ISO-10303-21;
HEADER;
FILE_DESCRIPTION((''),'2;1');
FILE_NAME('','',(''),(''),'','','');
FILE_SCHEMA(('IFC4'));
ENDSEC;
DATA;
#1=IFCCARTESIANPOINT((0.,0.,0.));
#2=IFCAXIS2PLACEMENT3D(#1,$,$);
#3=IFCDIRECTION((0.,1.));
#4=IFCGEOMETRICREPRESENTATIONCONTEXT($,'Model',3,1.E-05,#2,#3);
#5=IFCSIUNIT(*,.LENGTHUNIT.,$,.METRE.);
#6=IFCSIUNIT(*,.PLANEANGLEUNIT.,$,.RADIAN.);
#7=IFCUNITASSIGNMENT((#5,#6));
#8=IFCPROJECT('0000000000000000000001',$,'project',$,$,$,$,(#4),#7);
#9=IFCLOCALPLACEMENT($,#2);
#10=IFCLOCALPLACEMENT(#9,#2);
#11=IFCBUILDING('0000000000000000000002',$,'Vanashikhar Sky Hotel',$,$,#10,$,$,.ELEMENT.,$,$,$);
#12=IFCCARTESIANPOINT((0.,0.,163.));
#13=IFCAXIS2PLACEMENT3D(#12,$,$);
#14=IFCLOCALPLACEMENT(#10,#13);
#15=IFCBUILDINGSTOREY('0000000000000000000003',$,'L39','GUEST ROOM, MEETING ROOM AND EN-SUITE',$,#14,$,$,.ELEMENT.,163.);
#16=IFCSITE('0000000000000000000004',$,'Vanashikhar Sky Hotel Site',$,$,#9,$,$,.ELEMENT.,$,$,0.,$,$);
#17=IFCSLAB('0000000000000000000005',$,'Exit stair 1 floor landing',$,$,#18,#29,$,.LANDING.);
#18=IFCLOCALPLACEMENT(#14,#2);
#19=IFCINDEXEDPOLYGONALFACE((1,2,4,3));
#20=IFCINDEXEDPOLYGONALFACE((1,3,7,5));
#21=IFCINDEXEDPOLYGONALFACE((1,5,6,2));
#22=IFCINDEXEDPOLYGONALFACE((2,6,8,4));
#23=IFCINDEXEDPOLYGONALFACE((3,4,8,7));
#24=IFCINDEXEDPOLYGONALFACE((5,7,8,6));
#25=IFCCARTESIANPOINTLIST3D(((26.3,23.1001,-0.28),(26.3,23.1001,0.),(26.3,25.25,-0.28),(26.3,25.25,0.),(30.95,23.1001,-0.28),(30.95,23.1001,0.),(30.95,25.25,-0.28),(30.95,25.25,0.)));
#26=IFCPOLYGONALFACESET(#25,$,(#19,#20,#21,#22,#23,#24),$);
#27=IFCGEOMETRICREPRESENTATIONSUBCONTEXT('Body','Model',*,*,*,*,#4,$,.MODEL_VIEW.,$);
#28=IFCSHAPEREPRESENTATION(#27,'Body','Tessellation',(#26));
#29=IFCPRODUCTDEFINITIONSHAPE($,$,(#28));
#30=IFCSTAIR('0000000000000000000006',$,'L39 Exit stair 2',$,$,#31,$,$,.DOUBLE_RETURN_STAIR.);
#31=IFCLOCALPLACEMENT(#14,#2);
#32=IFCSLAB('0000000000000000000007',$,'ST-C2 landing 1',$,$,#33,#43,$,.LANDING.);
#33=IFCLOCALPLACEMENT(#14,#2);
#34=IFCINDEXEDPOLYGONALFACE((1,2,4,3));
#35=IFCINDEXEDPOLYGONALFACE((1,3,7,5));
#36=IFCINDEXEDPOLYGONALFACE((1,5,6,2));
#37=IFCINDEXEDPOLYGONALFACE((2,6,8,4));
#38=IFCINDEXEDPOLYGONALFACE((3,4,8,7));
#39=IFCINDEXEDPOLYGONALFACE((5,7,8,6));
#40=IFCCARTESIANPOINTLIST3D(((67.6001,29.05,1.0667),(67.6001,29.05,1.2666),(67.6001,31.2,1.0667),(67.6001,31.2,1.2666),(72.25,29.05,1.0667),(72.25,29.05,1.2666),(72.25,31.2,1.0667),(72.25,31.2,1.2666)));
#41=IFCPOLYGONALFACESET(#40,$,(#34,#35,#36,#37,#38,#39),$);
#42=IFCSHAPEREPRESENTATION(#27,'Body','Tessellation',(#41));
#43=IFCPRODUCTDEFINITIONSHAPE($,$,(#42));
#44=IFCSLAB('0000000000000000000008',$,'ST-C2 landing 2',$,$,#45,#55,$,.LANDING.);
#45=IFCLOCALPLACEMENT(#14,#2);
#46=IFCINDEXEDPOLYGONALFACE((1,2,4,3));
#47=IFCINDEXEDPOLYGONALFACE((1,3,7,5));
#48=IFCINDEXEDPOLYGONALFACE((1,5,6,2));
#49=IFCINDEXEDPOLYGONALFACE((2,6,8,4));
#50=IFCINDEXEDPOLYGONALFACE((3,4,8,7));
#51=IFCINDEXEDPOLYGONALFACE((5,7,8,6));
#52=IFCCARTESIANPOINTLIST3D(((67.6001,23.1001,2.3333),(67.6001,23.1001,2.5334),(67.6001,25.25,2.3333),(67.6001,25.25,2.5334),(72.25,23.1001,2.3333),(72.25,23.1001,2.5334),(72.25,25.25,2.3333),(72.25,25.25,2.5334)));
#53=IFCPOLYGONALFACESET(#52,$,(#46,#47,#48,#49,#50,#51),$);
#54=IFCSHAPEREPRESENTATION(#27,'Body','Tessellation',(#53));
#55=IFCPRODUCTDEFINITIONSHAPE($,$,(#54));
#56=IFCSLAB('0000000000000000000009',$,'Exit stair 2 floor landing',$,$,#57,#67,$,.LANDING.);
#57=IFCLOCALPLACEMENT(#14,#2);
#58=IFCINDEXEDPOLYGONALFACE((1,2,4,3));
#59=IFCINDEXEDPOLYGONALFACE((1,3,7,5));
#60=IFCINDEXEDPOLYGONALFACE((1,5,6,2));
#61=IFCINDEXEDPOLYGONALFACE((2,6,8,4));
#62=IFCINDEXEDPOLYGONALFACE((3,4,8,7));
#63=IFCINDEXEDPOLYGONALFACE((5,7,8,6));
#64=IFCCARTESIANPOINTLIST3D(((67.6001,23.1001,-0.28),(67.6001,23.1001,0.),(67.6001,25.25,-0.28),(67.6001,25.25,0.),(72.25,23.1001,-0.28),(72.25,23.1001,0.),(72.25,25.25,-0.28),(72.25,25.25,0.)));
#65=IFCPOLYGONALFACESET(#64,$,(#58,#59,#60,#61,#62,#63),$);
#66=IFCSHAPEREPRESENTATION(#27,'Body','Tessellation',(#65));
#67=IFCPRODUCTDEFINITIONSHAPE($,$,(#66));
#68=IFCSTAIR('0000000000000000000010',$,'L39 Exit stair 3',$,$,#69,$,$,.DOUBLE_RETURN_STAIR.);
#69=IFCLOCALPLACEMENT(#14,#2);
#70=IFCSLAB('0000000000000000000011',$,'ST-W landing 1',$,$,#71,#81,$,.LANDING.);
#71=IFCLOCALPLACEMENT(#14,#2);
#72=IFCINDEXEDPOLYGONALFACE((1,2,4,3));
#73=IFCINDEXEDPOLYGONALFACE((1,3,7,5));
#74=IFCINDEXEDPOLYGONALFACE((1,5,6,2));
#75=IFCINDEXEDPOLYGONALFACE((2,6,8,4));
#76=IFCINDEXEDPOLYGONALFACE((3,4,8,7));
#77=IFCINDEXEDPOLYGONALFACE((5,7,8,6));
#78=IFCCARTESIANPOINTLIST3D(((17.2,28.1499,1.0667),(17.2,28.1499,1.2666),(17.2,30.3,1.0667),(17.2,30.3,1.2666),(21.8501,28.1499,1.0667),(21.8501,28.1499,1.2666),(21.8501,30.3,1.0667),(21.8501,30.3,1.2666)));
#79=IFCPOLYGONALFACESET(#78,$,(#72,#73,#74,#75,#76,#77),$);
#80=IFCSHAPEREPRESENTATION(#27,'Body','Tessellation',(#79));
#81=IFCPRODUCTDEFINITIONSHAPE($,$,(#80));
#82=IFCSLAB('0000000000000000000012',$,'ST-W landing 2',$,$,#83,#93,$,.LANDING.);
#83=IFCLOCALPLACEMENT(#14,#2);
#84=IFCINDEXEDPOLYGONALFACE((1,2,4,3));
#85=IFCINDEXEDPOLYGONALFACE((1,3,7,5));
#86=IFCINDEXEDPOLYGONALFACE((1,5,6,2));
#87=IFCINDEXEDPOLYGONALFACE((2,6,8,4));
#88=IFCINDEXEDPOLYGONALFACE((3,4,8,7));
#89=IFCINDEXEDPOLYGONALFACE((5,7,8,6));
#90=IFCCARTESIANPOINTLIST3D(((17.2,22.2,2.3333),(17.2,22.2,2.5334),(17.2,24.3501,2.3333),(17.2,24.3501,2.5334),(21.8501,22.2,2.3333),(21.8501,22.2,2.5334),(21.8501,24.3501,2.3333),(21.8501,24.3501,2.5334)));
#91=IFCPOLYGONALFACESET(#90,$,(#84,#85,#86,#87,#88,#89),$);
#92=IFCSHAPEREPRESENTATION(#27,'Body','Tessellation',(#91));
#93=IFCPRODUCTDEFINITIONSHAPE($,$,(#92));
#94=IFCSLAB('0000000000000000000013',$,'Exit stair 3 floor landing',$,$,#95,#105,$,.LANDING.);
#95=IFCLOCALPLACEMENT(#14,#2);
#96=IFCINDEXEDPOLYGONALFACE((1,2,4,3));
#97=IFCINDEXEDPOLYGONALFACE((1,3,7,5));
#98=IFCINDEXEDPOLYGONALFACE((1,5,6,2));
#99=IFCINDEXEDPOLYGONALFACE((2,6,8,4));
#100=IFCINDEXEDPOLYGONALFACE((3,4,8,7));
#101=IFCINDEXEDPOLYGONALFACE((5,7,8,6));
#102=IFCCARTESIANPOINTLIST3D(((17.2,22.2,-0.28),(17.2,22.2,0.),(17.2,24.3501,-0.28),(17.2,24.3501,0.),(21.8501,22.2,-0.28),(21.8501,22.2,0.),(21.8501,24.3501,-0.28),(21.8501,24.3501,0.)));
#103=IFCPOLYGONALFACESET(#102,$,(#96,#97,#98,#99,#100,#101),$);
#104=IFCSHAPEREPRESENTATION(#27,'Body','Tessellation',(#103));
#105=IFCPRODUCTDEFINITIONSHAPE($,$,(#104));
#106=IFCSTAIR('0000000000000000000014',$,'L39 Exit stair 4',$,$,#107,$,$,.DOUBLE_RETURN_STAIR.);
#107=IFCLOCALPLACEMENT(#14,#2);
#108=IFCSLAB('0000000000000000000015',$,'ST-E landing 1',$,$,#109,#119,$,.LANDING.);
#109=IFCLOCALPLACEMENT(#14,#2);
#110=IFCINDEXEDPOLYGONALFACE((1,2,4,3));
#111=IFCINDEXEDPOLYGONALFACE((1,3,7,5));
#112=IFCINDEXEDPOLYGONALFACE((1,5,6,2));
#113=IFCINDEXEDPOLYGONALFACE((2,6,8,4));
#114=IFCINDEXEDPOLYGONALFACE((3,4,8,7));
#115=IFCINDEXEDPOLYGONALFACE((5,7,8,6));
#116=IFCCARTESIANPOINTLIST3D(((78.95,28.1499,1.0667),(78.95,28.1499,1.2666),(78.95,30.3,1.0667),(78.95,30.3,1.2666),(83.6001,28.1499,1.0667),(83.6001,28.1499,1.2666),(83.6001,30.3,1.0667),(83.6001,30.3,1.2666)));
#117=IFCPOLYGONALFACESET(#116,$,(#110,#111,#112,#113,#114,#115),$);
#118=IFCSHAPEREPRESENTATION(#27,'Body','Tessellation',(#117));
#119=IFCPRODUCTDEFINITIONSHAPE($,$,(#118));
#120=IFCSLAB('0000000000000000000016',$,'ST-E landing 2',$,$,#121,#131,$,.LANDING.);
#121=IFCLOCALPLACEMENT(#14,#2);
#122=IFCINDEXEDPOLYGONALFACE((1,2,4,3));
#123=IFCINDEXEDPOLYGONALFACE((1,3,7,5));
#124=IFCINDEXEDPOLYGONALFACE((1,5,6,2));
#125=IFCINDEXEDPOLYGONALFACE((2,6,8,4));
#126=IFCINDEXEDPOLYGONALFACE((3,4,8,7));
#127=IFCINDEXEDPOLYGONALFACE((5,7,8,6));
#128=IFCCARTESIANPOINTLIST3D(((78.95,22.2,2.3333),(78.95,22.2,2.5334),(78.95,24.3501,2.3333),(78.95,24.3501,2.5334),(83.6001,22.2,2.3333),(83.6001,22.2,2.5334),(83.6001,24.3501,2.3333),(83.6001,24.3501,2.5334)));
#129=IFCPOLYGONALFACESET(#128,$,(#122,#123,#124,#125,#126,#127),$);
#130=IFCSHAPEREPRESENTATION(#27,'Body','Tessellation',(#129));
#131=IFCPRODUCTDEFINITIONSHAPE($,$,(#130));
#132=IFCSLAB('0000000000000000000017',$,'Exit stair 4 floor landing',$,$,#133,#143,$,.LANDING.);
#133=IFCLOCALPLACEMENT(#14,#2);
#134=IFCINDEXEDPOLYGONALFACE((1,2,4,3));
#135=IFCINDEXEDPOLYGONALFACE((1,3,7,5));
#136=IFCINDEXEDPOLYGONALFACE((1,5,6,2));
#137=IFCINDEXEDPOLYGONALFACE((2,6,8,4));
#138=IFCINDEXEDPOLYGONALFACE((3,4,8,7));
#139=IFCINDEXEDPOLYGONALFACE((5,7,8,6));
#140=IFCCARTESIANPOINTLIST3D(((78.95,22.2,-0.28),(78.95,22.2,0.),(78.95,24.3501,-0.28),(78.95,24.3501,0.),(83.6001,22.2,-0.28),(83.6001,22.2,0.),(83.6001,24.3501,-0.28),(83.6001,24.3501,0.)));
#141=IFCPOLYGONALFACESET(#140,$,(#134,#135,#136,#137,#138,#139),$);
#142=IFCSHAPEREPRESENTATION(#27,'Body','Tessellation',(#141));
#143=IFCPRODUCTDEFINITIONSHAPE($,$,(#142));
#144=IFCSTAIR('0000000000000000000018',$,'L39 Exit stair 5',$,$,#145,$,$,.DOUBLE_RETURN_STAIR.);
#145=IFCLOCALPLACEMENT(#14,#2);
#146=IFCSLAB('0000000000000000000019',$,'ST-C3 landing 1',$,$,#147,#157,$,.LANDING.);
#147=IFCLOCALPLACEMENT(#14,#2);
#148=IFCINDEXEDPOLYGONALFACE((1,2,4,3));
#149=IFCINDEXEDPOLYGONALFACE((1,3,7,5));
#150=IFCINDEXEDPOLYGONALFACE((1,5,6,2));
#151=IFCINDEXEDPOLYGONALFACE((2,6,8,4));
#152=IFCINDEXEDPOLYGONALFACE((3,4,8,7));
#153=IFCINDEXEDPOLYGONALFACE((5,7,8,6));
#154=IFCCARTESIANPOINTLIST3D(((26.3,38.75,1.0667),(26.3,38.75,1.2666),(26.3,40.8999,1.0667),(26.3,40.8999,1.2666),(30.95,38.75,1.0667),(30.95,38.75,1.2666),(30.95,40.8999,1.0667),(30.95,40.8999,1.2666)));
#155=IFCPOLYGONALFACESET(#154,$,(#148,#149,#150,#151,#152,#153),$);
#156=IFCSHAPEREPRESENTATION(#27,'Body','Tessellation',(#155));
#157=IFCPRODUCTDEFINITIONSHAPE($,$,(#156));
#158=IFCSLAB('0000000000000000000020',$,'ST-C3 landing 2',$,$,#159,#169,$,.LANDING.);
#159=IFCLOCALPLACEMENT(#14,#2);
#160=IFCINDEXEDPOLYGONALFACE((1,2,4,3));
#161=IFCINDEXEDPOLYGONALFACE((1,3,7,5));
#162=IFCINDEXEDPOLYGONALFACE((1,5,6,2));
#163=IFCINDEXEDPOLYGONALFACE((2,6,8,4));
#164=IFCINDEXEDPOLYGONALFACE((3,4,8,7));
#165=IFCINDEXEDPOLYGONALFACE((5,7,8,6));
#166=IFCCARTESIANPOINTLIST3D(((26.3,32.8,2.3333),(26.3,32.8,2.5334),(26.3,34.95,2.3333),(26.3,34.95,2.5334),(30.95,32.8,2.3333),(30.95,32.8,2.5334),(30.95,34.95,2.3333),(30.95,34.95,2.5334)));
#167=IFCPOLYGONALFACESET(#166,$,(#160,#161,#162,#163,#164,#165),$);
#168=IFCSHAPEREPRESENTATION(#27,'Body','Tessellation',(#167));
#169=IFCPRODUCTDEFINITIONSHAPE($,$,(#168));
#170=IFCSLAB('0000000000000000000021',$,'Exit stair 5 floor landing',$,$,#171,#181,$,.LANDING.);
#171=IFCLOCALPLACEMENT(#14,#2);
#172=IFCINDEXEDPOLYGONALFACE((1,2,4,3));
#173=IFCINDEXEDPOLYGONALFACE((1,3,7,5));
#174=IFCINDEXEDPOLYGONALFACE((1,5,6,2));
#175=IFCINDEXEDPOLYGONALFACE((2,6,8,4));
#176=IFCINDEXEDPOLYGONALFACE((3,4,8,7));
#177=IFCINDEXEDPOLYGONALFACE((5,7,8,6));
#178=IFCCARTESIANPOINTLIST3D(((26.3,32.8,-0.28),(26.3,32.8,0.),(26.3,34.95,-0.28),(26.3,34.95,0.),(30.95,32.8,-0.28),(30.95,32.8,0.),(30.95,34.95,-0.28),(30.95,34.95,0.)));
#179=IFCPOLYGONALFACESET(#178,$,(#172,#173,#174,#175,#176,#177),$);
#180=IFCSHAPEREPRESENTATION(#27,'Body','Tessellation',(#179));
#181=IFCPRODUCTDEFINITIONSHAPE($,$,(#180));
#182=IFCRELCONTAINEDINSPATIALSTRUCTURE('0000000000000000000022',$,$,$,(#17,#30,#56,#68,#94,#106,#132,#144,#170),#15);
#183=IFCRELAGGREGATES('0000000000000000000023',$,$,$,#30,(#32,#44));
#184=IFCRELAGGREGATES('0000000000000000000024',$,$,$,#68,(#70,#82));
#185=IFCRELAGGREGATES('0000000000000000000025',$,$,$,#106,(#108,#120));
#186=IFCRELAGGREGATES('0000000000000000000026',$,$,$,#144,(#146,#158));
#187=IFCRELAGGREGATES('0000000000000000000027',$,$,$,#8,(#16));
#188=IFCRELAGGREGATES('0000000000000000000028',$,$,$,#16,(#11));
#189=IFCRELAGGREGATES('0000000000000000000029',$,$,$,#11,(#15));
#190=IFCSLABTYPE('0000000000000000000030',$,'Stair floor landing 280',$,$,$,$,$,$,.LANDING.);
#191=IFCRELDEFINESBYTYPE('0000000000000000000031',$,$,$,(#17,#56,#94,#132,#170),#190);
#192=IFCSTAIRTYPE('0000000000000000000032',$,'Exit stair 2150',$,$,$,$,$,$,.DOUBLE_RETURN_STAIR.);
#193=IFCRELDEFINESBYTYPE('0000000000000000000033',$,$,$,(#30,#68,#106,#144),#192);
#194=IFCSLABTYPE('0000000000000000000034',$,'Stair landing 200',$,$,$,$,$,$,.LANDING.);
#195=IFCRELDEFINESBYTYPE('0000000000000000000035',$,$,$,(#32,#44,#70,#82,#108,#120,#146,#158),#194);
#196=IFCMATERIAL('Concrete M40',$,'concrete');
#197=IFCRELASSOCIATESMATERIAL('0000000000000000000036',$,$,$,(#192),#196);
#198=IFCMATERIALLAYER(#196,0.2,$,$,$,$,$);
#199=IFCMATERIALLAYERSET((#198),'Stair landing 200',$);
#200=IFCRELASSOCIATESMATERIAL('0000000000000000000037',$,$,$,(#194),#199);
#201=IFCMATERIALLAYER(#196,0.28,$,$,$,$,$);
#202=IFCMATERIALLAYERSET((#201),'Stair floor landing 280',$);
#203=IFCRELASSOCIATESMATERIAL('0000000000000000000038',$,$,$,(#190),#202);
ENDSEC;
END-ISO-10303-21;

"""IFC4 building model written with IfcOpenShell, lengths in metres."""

from ifc_helpers import new_model, si_unit, direction, frame, origin, place, context, subcontext, project, spatial, polyline, outline, extrude, source, transform, mapped, material, layer, layer_set, type_object, element, aggregate, save


model = new_model("IFC4")

# Units and contexts
model_context = context("Model", 3, precision=1e-05, world=origin(), true_north=direction((0.0, 1.0)))
body_context = subcontext(model_context, "Body", "Model", "MODEL_VIEW")
ifc_project = project(units=[si_unit("LENGTHUNIT", "METRE"), si_unit("PLANEANGLEUNIT", "RADIAN")], contexts=[model_context])

# Site, building, storey
site_placement = place(None, origin())
site = spatial("IfcSite", under=ifc_project, at=site_placement, Name="Vanashikhar Sky Hotel Site", CompositionType="ELEMENT", RefElevation=0.0)
building_placement = place(site_placement, origin())
building = spatial("IfcBuilding", under=site, at=building_placement, Name="Vanashikhar Sky Hotel", CompositionType="ELEMENT")
storey_placement = place(building_placement, frame((0.0, 0.0, 163.0)))
storey = spatial("IfcBuildingStorey", under=building, at=storey_placement, Name="L39", Description="GUEST ROOM, MEETING ROOM AND EN-SUITE", CompositionType="ELEMENT", Elevation=163.0)

# Shared definitions
ifc_material = material(Name="Concrete M40", Category="concrete")

# Shared definitions
stair_type = type_object("IfcStairType", Name="Exit stair 2150", PredefinedType="DOUBLE_RETURN_STAIR", material=ifc_material)
ifc_layer_1 = layer(ifc_material, 0.2)
ifc_layer_set_1 = layer_set([ifc_layer_1], Name="Stair landing 200")
slab_type_1 = type_object("IfcSlabType", Name="Stair landing 200", PredefinedType="LANDING", material=ifc_layer_set_1)

# Slab
ifc_layer_2 = layer(ifc_material, 0.28)
ifc_layer_set_2 = layer_set([ifc_layer_2], Name="Stair floor landing 280")
slab_type_2 = type_object("IfcSlabType", Name="Stair floor landing 280", PredefinedType="LANDING", material=ifc_layer_set_2)
shared_shape_1 = source(origin(), body_context, "Body", "SweptSolid", [
    extrude(outline(polyline([(30.95, 23.1001), (30.95, 25.25), (26.3, 25.25), (26.3, 23.1001), (30.95, 23.1001)])), origin(), (0.0, 0.0, 1.0), 0.28),
])
slab_1_placement = place(storey_placement, frame((0.0, 0.0, -0.28)))
element("IfcSlab", 1, at=slab_1_placement, inside=storey, type_object=slab_type_2, Name="Exit stair 1 floor landing", PredefinedType="LANDING", context=body_context, shape_type="MappedRepresentation", body=[
    mapped(shared_shape_1, transform((0.0, 0.0, 0.0), scale=1.0)),
])

# Stair, slabs
stair_1_placement = place(storey_placement, origin())
stair_1 = element("IfcStair", 2, at=stair_1_placement, inside=storey, type_object=stair_type, Name="L39 Exit stair 2", PredefinedType="DOUBLE_RETURN_STAIR")
shared_shape_2 = source(origin(), body_context, "Body", "SweptSolid", [
    extrude(outline(polyline([(72.25, 29.05), (72.25, 31.2), (67.6001, 31.2), (67.6001, 29.05), (72.25, 29.05)])), origin(), (0.0, 0.0, 1.0), 0.2),
])
slab_2_placement = place(storey_placement, frame((0.0, 0.0, 1.0667)))
slab_2 = element("IfcSlab", 3, at=slab_2_placement, type_object=slab_type_1, Name="ST-C2 landing 1", PredefinedType="LANDING", context=body_context, shape_type="MappedRepresentation", body=[
    mapped(shared_shape_2, transform((0.0, 0.0, 0.0), scale=1.0)),
])
shared_shape_3 = source(origin(), body_context, "Body", "SweptSolid", [
    extrude(outline(polyline([(72.25, 23.1001), (72.25, 25.25), (67.6001, 25.25), (67.6001, 23.1001), (72.25, 23.1001)])), origin(), (0.0, 0.0, 1.0), 0.2002),
])
slab_3_placement = place(storey_placement, frame((0.0, 0.0, 2.3333)))
slab_3 = element("IfcSlab", 4, at=slab_3_placement, type_object=slab_type_1, Name="ST-C2 landing 2", PredefinedType="LANDING", context=body_context, shape_type="MappedRepresentation", body=[
    mapped(shared_shape_3, transform((0.0, 0.0, 0.0), scale=1.0)),
])
aggregate(stair_1, [slab_2, slab_3])

# Slab
shared_shape_4 = source(origin(), body_context, "Body", "SweptSolid", [
    extrude(outline(polyline([(72.25, 23.1001), (72.25, 25.25), (67.6001, 25.25), (67.6001, 23.1001), (72.25, 23.1001)])), origin(), (0.0, 0.0, 1.0), 0.28),
])
slab_4_placement = place(storey_placement, frame((0.0, 0.0, -0.28)))
element("IfcSlab", 5, at=slab_4_placement, inside=storey, type_object=slab_type_2, Name="Exit stair 2 floor landing", PredefinedType="LANDING", context=body_context, shape_type="MappedRepresentation", body=[
    mapped(shared_shape_4, transform((0.0, 0.0, 0.0), scale=1.0)),
])

# Stair, slabs
stair_2_placement = place(storey_placement, origin())
stair_2 = element("IfcStair", 6, at=stair_2_placement, inside=storey, type_object=stair_type, Name="L39 Exit stair 3", PredefinedType="DOUBLE_RETURN_STAIR")
shared_shape_5 = source(origin(), body_context, "Body", "SweptSolid", [
    extrude(outline(polyline([(21.8501, 28.1499), (21.8501, 30.3), (17.2, 30.3), (17.2, 28.1499), (21.8501, 28.1499)])), origin(), (0.0, 0.0, 1.0), 0.2),
])
slab_5_placement = place(storey_placement, frame((0.0, 0.0, 1.0667)))
slab_5 = element("IfcSlab", 7, at=slab_5_placement, type_object=slab_type_1, Name="ST-W landing 1", PredefinedType="LANDING", context=body_context, shape_type="MappedRepresentation", body=[
    mapped(shared_shape_5, transform((0.0, 0.0, 0.0), scale=1.0)),
])
shared_shape_6 = source(origin(), body_context, "Body", "SweptSolid", [
    extrude(outline(polyline([(21.8501, 22.2), (21.8501, 24.3501), (17.2, 24.3501), (17.2, 22.2), (21.8501, 22.2)])), origin(), (0.0, 0.0, 1.0), 0.2002),
])
slab_6_placement = place(storey_placement, frame((0.0, 0.0, 2.3333)))
slab_6 = element("IfcSlab", 8, at=slab_6_placement, type_object=slab_type_1, Name="ST-W landing 2", PredefinedType="LANDING", context=body_context, shape_type="MappedRepresentation", body=[
    mapped(shared_shape_6, transform((0.0, 0.0, 0.0), scale=1.0)),
])
aggregate(stair_2, [slab_5, slab_6])

# Slab
shared_shape_7 = source(origin(), body_context, "Body", "SweptSolid", [
    extrude(outline(polyline([(21.8501, 22.2), (21.8501, 24.3501), (17.2, 24.3501), (17.2, 22.2), (21.8501, 22.2)])), origin(), (0.0, 0.0, 1.0), 0.28),
])
slab_7_placement = place(storey_placement, frame((0.0, 0.0, -0.28)))
element("IfcSlab", 9, at=slab_7_placement, inside=storey, type_object=slab_type_2, Name="Exit stair 3 floor landing", PredefinedType="LANDING", context=body_context, shape_type="MappedRepresentation", body=[
    mapped(shared_shape_7, transform((0.0, 0.0, 0.0), scale=1.0)),
])

# Stair, slabs
stair_3_placement = place(storey_placement, origin())
stair_3 = element("IfcStair", 10, at=stair_3_placement, inside=storey, type_object=stair_type, Name="L39 Exit stair 4", PredefinedType="DOUBLE_RETURN_STAIR")
shared_shape_8 = source(origin(), body_context, "Body", "SweptSolid", [
    extrude(outline(polyline([(83.6001, 28.1499), (83.6001, 30.3), (78.95, 30.3), (78.95, 28.1499), (83.6001, 28.1499)])), origin(), (0.0, 0.0, 1.0), 0.2),
])
slab_8_placement = place(storey_placement, frame((0.0, 0.0, 1.0667)))
slab_8 = element("IfcSlab", 11, at=slab_8_placement, type_object=slab_type_1, Name="ST-E landing 1", PredefinedType="LANDING", context=body_context, shape_type="MappedRepresentation", body=[
    mapped(shared_shape_8, transform((0.0, 0.0, 0.0), scale=1.0)),
])
shared_shape_9 = source(origin(), body_context, "Body", "SweptSolid", [
    extrude(outline(polyline([(83.6001, 22.2), (83.6001, 24.3501), (78.95, 24.3501), (78.95, 22.2), (83.6001, 22.2)])), origin(), (0.0, 0.0, 1.0), 0.2002),
])
slab_9_placement = place(storey_placement, frame((0.0, 0.0, 2.3333)))
slab_9 = element("IfcSlab", 12, at=slab_9_placement, type_object=slab_type_1, Name="ST-E landing 2", PredefinedType="LANDING", context=body_context, shape_type="MappedRepresentation", body=[
    mapped(shared_shape_9, transform((0.0, 0.0, 0.0), scale=1.0)),
])
aggregate(stair_3, [slab_8, slab_9])

# Slab
shared_shape_10 = source(origin(), body_context, "Body", "SweptSolid", [
    extrude(outline(polyline([(83.6001, 22.2), (83.6001, 24.3501), (78.95, 24.3501), (78.95, 22.2), (83.6001, 22.2)])), origin(), (0.0, 0.0, 1.0), 0.28),
])
slab_10_placement = place(storey_placement, frame((0.0, 0.0, -0.28)))
element("IfcSlab", 13, at=slab_10_placement, inside=storey, type_object=slab_type_2, Name="Exit stair 4 floor landing", PredefinedType="LANDING", context=body_context, shape_type="MappedRepresentation", body=[
    mapped(shared_shape_10, transform((0.0, 0.0, 0.0), scale=1.0)),
])

# Stair, slabs
stair_4_placement = place(storey_placement, origin())
stair_4 = element("IfcStair", 14, at=stair_4_placement, inside=storey, type_object=stair_type, Name="L39 Exit stair 5", PredefinedType="DOUBLE_RETURN_STAIR")
shared_shape_11 = source(origin(), body_context, "Body", "SweptSolid", [
    extrude(outline(polyline([(30.95, 38.75), (30.95, 40.8999), (26.3, 40.8999), (26.3, 38.75), (30.95, 38.75)])), origin(), (0.0, 0.0, 1.0), 0.2),
])
slab_11_placement = place(storey_placement, frame((0.0, 0.0, 1.0667)))
slab_11 = element("IfcSlab", 15, at=slab_11_placement, type_object=slab_type_1, Name="ST-C3 landing 1", PredefinedType="LANDING", context=body_context, shape_type="MappedRepresentation", body=[
    mapped(shared_shape_11, transform((0.0, 0.0, 0.0), scale=1.0)),
])
shared_shape_12 = source(origin(), body_context, "Body", "SweptSolid", [
    extrude(outline(polyline([(30.95, 32.8), (30.95, 34.95), (26.3, 34.95), (26.3, 32.8), (30.95, 32.8)])), origin(), (0.0, 0.0, 1.0), 0.2002),
])
slab_12_placement = place(storey_placement, frame((0.0, 0.0, 2.3333)))
slab_12 = element("IfcSlab", 16, at=slab_12_placement, type_object=slab_type_1, Name="ST-C3 landing 2", PredefinedType="LANDING", context=body_context, shape_type="MappedRepresentation", body=[
    mapped(shared_shape_12, transform((0.0, 0.0, 0.0), scale=1.0)),
])
aggregate(stair_4, [slab_11, slab_12])

# Slab
shared_shape_13 = source(origin(), body_context, "Body", "SweptSolid", [
    extrude(outline(polyline([(30.95, 32.8), (30.95, 34.95), (26.3, 34.95), (26.3, 32.8), (30.95, 32.8)])), origin(), (0.0, 0.0, 1.0), 0.28),
])
slab_13_placement = place(storey_placement, frame((0.0, 0.0, -0.28)))
element("IfcSlab", 17, at=slab_13_placement, inside=storey, type_object=slab_type_2, Name="Exit stair 5 floor landing", PredefinedType="LANDING", context=body_context, shape_type="MappedRepresentation", body=[
    mapped(shared_shape_13, transform((0.0, 0.0, 0.0), scale=1.0)),
])

save(model, "model.ifc")
